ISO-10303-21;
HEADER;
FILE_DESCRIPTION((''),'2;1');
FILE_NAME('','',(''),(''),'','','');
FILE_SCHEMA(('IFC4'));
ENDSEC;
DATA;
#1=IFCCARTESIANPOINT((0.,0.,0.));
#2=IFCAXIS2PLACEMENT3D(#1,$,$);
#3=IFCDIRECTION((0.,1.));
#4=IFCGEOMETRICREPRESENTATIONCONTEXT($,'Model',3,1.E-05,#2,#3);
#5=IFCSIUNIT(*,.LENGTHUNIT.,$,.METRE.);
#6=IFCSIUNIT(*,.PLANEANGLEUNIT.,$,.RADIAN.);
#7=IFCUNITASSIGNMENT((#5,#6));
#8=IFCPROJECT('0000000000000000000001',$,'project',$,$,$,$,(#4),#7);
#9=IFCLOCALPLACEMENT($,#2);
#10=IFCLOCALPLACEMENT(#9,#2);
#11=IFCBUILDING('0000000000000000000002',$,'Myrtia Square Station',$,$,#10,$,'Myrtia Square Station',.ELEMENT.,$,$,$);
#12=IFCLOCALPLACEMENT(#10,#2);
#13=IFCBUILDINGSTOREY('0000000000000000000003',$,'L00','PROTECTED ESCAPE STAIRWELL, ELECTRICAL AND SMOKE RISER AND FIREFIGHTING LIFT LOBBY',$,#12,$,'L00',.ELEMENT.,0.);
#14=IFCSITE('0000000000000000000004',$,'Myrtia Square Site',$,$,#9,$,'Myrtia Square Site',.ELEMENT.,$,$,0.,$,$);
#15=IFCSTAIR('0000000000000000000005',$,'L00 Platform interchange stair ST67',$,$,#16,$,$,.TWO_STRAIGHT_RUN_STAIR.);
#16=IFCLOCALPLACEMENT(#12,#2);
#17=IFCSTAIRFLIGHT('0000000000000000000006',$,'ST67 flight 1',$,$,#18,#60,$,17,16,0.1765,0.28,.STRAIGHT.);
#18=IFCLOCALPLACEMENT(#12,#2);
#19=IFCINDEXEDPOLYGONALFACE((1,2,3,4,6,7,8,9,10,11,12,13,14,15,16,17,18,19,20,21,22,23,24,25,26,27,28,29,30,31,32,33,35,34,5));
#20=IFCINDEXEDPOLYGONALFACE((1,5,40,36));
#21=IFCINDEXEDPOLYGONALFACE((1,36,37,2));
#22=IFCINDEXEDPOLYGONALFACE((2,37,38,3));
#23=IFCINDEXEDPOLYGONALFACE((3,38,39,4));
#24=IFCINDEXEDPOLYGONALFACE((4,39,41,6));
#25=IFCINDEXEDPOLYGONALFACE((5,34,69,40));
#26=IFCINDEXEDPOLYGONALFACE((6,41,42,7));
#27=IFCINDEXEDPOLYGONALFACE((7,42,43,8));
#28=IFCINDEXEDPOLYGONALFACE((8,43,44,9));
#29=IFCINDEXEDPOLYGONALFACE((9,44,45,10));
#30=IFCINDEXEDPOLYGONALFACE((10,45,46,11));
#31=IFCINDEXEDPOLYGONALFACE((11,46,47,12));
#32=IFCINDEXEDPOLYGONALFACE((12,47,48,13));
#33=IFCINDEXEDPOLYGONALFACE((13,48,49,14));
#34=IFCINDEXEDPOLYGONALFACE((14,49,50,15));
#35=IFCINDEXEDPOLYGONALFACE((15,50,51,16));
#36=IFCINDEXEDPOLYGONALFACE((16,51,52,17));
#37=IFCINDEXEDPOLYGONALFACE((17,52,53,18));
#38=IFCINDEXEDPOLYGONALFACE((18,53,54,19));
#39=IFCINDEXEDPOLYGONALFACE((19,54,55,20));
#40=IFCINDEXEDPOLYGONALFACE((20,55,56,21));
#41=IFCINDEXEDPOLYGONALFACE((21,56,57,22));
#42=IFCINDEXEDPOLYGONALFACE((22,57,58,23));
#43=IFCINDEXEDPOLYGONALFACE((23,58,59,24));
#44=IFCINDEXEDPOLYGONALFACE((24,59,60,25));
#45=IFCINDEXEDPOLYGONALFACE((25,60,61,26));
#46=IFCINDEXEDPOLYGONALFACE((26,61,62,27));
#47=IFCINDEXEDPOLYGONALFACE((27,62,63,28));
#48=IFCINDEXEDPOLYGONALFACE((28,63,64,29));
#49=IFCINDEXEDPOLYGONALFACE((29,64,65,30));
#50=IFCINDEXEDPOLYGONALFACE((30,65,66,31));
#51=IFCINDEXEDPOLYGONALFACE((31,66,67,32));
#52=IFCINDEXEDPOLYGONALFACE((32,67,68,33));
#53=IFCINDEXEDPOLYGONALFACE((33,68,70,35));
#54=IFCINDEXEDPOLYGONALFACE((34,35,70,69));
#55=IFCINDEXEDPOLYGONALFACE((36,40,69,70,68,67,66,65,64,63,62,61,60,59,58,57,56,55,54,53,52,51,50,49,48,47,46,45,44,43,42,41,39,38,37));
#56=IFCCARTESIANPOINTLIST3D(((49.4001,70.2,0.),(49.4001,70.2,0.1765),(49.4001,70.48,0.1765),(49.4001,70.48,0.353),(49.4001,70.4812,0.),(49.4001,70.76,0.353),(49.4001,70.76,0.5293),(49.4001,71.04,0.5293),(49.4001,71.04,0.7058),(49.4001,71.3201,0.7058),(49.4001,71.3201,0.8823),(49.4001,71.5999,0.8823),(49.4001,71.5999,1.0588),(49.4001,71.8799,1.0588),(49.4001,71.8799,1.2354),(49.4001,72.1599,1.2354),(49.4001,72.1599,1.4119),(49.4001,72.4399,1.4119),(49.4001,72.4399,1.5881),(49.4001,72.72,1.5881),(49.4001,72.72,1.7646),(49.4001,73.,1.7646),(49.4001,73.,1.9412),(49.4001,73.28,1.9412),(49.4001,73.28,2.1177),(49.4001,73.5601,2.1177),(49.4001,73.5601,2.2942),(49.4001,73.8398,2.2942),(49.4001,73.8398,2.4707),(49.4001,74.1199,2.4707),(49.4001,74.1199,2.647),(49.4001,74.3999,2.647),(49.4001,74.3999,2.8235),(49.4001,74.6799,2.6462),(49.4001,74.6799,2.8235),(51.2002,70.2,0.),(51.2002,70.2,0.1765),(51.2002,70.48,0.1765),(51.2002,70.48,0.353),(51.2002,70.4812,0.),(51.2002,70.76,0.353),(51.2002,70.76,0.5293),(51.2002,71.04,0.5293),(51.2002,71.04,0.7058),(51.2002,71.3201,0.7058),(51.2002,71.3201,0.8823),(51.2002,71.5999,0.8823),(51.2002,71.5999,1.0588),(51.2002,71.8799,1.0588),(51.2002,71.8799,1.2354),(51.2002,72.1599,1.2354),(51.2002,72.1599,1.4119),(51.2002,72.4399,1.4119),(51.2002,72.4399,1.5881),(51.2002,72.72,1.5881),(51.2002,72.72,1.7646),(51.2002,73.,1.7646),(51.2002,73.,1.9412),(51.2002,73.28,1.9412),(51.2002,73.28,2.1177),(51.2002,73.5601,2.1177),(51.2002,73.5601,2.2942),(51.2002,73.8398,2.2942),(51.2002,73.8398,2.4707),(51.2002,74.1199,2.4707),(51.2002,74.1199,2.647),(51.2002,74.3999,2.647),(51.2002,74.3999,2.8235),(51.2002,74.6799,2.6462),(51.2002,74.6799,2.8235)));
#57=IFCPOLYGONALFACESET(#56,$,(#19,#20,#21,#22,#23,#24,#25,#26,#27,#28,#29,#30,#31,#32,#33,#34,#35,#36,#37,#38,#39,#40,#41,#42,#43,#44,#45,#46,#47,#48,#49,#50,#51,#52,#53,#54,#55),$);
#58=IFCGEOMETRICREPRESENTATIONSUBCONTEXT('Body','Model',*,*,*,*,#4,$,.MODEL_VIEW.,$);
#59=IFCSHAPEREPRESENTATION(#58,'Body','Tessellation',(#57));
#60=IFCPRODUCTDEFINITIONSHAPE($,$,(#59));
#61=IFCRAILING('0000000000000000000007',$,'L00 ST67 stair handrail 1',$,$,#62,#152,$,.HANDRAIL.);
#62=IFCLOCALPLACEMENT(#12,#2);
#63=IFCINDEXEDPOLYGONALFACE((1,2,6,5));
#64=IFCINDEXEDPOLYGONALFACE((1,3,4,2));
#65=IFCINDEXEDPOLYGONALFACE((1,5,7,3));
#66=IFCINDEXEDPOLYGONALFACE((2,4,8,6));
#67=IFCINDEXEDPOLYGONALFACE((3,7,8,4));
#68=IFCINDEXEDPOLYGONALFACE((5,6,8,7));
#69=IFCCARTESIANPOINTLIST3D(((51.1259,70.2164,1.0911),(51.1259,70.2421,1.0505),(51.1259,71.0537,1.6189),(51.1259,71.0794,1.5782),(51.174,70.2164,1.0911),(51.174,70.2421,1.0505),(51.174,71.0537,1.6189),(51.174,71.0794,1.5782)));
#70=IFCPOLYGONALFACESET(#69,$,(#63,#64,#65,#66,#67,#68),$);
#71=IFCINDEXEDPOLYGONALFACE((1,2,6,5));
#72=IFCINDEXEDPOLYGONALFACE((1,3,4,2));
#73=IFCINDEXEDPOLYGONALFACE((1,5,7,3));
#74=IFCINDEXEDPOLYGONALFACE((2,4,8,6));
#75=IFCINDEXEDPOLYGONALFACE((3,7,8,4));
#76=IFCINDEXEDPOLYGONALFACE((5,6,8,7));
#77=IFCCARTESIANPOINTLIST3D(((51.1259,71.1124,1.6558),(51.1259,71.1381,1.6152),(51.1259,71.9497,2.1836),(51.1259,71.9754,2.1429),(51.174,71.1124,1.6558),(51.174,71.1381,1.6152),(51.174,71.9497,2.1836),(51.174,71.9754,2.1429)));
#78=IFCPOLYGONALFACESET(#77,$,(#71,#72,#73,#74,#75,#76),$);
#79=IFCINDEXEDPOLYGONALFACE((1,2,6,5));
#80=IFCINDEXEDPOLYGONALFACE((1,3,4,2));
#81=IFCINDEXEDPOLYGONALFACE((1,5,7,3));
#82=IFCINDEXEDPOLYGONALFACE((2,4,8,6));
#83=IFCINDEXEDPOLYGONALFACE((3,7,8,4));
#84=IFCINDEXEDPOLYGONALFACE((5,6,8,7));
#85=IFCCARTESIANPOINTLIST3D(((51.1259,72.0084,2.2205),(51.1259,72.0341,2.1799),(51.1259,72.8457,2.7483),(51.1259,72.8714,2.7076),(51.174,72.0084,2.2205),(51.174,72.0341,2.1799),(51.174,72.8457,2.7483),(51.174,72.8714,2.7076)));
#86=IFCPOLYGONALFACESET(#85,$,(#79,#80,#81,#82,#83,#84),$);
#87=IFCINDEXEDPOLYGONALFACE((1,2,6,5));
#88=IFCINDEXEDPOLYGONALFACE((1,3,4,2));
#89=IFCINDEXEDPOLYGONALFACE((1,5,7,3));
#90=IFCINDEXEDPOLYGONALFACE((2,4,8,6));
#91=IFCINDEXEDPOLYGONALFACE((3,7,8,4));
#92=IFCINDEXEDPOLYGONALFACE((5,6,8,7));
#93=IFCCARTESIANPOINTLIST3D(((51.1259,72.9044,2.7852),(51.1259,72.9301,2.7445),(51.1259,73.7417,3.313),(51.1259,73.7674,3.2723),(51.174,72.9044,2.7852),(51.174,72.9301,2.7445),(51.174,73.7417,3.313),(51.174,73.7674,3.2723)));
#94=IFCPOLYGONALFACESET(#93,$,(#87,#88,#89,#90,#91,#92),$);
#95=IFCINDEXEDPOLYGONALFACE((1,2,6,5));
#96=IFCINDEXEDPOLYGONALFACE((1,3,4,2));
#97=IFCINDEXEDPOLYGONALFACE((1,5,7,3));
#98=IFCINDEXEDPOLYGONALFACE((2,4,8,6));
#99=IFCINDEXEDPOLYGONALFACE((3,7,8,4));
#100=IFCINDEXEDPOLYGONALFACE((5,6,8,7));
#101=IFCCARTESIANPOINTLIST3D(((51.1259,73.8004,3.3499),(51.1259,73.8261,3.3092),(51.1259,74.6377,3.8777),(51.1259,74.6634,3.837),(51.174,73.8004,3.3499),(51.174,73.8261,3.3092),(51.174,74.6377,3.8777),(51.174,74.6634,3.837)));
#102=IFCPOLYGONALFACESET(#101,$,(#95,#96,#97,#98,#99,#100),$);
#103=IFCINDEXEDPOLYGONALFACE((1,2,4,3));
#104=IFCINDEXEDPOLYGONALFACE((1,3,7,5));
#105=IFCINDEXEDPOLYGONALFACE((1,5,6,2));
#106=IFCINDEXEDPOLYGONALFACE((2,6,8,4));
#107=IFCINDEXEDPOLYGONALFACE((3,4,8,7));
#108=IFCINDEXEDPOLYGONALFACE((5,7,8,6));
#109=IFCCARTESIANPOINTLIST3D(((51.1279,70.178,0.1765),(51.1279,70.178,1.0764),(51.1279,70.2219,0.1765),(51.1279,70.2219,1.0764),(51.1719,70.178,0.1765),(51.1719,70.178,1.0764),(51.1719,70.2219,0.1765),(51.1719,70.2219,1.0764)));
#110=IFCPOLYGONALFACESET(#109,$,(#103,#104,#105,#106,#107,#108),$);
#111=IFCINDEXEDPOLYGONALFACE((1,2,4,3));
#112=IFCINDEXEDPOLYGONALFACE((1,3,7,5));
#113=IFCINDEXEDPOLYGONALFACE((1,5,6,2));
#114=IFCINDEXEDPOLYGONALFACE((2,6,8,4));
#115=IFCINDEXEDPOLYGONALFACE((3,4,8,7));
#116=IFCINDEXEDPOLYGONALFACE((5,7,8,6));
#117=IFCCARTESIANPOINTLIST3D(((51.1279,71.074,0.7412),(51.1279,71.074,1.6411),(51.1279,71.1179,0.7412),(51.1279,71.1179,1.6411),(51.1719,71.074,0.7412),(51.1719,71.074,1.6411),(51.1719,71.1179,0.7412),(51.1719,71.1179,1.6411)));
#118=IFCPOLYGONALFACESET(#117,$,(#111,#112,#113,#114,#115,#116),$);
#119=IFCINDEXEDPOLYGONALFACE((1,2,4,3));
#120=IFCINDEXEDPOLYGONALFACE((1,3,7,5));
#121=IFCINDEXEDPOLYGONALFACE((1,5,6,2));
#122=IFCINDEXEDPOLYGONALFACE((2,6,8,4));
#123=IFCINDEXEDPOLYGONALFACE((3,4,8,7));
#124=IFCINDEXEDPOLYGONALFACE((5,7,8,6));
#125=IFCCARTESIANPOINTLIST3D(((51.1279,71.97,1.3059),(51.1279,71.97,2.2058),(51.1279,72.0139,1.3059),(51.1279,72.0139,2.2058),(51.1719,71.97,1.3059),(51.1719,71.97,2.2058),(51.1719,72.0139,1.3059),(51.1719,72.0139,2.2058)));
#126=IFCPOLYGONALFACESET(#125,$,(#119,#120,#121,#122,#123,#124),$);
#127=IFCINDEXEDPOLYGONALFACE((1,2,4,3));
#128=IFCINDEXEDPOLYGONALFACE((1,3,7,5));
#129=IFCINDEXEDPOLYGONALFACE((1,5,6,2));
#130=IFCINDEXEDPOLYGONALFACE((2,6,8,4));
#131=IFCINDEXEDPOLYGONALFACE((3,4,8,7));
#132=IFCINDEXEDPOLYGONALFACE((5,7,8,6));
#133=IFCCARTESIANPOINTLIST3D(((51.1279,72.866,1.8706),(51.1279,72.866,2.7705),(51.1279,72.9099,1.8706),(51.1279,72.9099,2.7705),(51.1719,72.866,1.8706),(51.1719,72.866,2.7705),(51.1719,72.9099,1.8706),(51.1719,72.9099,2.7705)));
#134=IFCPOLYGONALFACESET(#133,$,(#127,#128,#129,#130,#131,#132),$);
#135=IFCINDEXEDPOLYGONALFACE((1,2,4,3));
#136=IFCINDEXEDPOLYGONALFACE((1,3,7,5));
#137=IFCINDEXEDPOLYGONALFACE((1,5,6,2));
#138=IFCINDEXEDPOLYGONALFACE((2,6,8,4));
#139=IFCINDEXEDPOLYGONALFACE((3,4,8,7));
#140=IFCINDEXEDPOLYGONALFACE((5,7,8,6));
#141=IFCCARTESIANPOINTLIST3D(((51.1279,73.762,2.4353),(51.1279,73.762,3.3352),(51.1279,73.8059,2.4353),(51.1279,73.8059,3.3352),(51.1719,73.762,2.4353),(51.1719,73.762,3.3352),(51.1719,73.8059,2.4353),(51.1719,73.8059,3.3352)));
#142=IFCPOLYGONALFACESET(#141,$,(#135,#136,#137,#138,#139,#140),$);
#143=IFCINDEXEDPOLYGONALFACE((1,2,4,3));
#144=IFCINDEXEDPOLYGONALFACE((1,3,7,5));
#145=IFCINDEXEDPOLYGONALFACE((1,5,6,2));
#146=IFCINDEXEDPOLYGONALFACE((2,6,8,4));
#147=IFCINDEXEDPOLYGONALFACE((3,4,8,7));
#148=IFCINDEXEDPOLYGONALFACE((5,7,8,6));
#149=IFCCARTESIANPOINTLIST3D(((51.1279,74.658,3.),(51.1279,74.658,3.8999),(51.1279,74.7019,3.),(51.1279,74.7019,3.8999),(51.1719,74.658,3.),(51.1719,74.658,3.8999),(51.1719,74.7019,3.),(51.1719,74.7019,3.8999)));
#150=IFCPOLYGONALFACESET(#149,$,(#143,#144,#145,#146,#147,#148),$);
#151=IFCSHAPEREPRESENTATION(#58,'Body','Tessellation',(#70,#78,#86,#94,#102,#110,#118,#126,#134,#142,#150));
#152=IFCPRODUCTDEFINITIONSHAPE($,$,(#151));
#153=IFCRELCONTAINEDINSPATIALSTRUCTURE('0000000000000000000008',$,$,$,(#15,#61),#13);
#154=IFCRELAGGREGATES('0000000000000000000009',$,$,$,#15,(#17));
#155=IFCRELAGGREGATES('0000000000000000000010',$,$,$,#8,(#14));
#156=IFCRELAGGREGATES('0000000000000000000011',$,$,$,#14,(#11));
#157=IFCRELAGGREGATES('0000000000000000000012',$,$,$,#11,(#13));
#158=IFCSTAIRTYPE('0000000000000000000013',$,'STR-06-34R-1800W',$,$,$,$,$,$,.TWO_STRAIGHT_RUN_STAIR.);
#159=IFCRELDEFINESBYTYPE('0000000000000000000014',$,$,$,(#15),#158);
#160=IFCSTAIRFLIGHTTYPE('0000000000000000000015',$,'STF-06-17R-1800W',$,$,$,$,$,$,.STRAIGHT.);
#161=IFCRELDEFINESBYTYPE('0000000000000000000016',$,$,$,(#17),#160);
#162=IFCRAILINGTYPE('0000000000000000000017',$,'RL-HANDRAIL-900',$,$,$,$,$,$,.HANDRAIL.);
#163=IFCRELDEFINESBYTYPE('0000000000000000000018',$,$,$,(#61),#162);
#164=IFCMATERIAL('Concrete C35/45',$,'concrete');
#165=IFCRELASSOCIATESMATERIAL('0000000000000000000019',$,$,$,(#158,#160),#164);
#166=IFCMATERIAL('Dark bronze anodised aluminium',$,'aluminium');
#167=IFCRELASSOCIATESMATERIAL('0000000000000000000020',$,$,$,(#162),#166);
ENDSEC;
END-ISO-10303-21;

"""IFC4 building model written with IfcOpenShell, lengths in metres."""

from ifc_helpers import new_model, si_unit, direction, frame, origin, origin_2d, place, context, subcontext, project, spatial, polyline, rectangle, outline, extrude, material, type_object, element, aggregate, save


model = new_model("IFC4")

# Units and contexts
model_context = context("Model", 3, precision=1e-05, world=origin(), true_north=direction((0.0, 1.0)))
body_context = subcontext(model_context, "Body", "Model", "MODEL_VIEW")
ifc_project = project(units=[si_unit("LENGTHUNIT", "METRE"), si_unit("PLANEANGLEUNIT", "RADIAN")], contexts=[model_context])

# Site, building, storey
site_placement = place(None, origin())
site = spatial("IfcSite", under=ifc_project, at=site_placement, Name="Myrtia Square Site", LongName="Myrtia Square Site", CompositionType="ELEMENT", RefElevation=0.0)
building_placement = place(site_placement, origin())
building = spatial("IfcBuilding", under=site, at=building_placement, Name="Myrtia Square Station", LongName="Myrtia Square Station", CompositionType="ELEMENT")
storey_placement = place(building_placement, origin())
storey = spatial("IfcBuildingStorey", under=building, at=storey_placement, Name="L00", Description="PROTECTED ESCAPE STAIRWELL, ELECTRICAL AND SMOKE RISER AND FIREFIGHTING LIFT LOBBY", LongName="L00", CompositionType="ELEMENT", Elevation=0.0)

# Stair, stair flight
ifc_material_1 = material(Name="Concrete C35/45", Category="concrete")
stair_type = type_object("IfcStairType", Name="STR-06-34R-1800W", PredefinedType="TWO_STRAIGHT_RUN_STAIR", material=ifc_material_1)
stair_placement = place(storey_placement, origin())
stair = element("IfcStair", 1, at=stair_placement, inside=storey, type_object=stair_type, Name="L00 Platform interchange stair ST67", PredefinedType="TWO_STRAIGHT_RUN_STAIR")
stair_flight_type = type_object("IfcStairFlightType", Name="STF-06-17R-1800W", PredefinedType="STRAIGHT", material=ifc_material_1)
stair_flight_placement = place(storey_placement, frame((50.3, 70.2, 0.0), z_axis=(0.0, 0.0, 1.0), x_axis=(0.0, 1.0, 0.0)))
stair_flight = element("IfcStairFlight", 2, at=stair_flight_placement, type_object=stair_flight_type, Name="ST67 flight 1", NumberOfRisers=17, NumberOfTreads=16, PredefinedType="STRAIGHT", RiserHeight=0.1765, TreadLength=0.28, context=body_context, shape_type="SweptSolid", body=[
    extrude(outline(polyline([(0.0, 0.0), (0.0, 0.1765), (0.28, 0.1765), (0.28, 0.353), (0.5601, 0.353), (0.5601, 0.5293), (0.8401, 0.5293), (0.8401, 0.7058), (1.1201, 0.7058), (1.1201, 0.8823), (1.3999, 0.8823), (1.3999, 1.0588), (1.6799, 1.0588), (1.6799, 1.2354), (1.96, 1.2354), (1.96, 1.4119), (2.24, 1.4119), (2.24, 1.5881), (2.52, 1.5881), (2.52, 1.7646), (2.8, 1.7646), (2.8, 1.9412), (3.0801, 1.9412), (3.0801, 2.1177), (3.3601, 2.1177), (3.3601, 2.2942), (3.6399, 2.2942), (3.6399, 2.4707), (3.9199, 2.4707), (3.9199, 2.647), (4.2, 2.647), (4.2, 2.8235), (4.48, 2.8235), (4.48, 3.0), (4.48, 2.6462), (0.2812, 0.0), (0.0, 0.0)])), frame((0.0, 0.8999, 0.0), z_axis=(0.0, -1.0, 0.0), x_axis=(1.0, 0.0, 0.0)), (0.0, 0.0, 1.0), 1.8),
])
aggregate(stair, [stair_flight])

# Railing
ifc_material_2 = material(Name="Dark bronze anodised aluminium", Category="aluminium")
railing_type_1 = type_object("IfcRailingType", Name="RL-HANDRAIL-900", PredefinedType="HANDRAIL", material=ifc_material_2)
railing_1_placement = place(storey_placement, frame((51.1499, 70.2, 0.1765)))
element("IfcRailing", 3, at=railing_1_placement, inside=storey, type_object=railing_type_1, Name="L00 ST67 stair handrail 1", PredefinedType="HANDRAIL", context=body_context, shape_type="SweptSolid", body=[
    extrude(rectangle(XDim=0.0481, YDim=0.0481, at=origin_2d()), frame((0.0, 0.0293, 0.8943), z_axis=(0.0, 0.845998, 0.533186), x_axis=(-1.0, 0.0, 0.0)), (0.0, 0.0, 1.0), 0.9897),
    extrude(rectangle(XDim=0.0481, YDim=0.0481, at=origin_2d()), frame((0.0, 0.9253, 1.459), z_axis=(0.0, 0.845998, 0.533186), x_axis=(-1.0, 0.0, 0.0)), (0.0, 0.0, 1.0), 0.9897),
    extrude(rectangle(XDim=0.0481, YDim=0.0481, at=origin_2d()), frame((0.0, 1.8213, 2.0237), z_axis=(0.0, 0.845998, 0.533186), x_axis=(-1.0, 0.0, 0.0)), (0.0, 0.0, 1.0), 0.9897),
    extrude(rectangle(XDim=0.0481, YDim=0.0481, at=origin_2d()), frame((0.0, 2.7173, 2.5884), z_axis=(0.0, 0.845998, 0.533186), x_axis=(-1.0, 0.0, 0.0)), (0.0, 0.0, 1.0), 0.9897),
    extrude(rectangle(XDim=0.0481, YDim=0.0481, at=origin_2d()), frame((0.0, 3.6133, 3.1531), z_axis=(0.0, 0.845998, 0.533186), x_axis=(-1.0, 0.0, 0.0)), (0.0, 0.0, 1.0), 0.9897),
    extrude(rectangle(XDim=0.0439, YDim=0.0439, at=origin_2d()), origin(), (0.0, 0.0, 1.0), 0.8999),
    extrude(rectangle(XDim=0.0439, YDim=0.0439, at=origin_2d()), frame((0.0, 0.896, 0.5647)), (0.0, 0.0, 1.0), 0.8999),
    extrude(rectangle(XDim=0.0439, YDim=0.0439, at=origin_2d()), frame((0.0, 1.792, 1.1294)), (0.0, 0.0, 1.0), 0.8999),
    extrude(rectangle(XDim=0.0439, YDim=0.0439, at=origin_2d()), frame((0.0, 2.688, 1.6941)), (0.0, 0.0, 1.0), 0.8999),
    extrude(rectangle(XDim=0.0439, YDim=0.0439, at=origin_2d()), frame((0.0, 3.584, 2.2588)), (0.0, 0.0, 1.0), 0.8999),
    extrude(rectangle(XDim=0.0439, YDim=0.0439, at=origin_2d()), frame((0.0, 4.48, 2.8235)), (0.0, 0.0, 1.0), 0.8999),
])

save(model, "model.ifc")
